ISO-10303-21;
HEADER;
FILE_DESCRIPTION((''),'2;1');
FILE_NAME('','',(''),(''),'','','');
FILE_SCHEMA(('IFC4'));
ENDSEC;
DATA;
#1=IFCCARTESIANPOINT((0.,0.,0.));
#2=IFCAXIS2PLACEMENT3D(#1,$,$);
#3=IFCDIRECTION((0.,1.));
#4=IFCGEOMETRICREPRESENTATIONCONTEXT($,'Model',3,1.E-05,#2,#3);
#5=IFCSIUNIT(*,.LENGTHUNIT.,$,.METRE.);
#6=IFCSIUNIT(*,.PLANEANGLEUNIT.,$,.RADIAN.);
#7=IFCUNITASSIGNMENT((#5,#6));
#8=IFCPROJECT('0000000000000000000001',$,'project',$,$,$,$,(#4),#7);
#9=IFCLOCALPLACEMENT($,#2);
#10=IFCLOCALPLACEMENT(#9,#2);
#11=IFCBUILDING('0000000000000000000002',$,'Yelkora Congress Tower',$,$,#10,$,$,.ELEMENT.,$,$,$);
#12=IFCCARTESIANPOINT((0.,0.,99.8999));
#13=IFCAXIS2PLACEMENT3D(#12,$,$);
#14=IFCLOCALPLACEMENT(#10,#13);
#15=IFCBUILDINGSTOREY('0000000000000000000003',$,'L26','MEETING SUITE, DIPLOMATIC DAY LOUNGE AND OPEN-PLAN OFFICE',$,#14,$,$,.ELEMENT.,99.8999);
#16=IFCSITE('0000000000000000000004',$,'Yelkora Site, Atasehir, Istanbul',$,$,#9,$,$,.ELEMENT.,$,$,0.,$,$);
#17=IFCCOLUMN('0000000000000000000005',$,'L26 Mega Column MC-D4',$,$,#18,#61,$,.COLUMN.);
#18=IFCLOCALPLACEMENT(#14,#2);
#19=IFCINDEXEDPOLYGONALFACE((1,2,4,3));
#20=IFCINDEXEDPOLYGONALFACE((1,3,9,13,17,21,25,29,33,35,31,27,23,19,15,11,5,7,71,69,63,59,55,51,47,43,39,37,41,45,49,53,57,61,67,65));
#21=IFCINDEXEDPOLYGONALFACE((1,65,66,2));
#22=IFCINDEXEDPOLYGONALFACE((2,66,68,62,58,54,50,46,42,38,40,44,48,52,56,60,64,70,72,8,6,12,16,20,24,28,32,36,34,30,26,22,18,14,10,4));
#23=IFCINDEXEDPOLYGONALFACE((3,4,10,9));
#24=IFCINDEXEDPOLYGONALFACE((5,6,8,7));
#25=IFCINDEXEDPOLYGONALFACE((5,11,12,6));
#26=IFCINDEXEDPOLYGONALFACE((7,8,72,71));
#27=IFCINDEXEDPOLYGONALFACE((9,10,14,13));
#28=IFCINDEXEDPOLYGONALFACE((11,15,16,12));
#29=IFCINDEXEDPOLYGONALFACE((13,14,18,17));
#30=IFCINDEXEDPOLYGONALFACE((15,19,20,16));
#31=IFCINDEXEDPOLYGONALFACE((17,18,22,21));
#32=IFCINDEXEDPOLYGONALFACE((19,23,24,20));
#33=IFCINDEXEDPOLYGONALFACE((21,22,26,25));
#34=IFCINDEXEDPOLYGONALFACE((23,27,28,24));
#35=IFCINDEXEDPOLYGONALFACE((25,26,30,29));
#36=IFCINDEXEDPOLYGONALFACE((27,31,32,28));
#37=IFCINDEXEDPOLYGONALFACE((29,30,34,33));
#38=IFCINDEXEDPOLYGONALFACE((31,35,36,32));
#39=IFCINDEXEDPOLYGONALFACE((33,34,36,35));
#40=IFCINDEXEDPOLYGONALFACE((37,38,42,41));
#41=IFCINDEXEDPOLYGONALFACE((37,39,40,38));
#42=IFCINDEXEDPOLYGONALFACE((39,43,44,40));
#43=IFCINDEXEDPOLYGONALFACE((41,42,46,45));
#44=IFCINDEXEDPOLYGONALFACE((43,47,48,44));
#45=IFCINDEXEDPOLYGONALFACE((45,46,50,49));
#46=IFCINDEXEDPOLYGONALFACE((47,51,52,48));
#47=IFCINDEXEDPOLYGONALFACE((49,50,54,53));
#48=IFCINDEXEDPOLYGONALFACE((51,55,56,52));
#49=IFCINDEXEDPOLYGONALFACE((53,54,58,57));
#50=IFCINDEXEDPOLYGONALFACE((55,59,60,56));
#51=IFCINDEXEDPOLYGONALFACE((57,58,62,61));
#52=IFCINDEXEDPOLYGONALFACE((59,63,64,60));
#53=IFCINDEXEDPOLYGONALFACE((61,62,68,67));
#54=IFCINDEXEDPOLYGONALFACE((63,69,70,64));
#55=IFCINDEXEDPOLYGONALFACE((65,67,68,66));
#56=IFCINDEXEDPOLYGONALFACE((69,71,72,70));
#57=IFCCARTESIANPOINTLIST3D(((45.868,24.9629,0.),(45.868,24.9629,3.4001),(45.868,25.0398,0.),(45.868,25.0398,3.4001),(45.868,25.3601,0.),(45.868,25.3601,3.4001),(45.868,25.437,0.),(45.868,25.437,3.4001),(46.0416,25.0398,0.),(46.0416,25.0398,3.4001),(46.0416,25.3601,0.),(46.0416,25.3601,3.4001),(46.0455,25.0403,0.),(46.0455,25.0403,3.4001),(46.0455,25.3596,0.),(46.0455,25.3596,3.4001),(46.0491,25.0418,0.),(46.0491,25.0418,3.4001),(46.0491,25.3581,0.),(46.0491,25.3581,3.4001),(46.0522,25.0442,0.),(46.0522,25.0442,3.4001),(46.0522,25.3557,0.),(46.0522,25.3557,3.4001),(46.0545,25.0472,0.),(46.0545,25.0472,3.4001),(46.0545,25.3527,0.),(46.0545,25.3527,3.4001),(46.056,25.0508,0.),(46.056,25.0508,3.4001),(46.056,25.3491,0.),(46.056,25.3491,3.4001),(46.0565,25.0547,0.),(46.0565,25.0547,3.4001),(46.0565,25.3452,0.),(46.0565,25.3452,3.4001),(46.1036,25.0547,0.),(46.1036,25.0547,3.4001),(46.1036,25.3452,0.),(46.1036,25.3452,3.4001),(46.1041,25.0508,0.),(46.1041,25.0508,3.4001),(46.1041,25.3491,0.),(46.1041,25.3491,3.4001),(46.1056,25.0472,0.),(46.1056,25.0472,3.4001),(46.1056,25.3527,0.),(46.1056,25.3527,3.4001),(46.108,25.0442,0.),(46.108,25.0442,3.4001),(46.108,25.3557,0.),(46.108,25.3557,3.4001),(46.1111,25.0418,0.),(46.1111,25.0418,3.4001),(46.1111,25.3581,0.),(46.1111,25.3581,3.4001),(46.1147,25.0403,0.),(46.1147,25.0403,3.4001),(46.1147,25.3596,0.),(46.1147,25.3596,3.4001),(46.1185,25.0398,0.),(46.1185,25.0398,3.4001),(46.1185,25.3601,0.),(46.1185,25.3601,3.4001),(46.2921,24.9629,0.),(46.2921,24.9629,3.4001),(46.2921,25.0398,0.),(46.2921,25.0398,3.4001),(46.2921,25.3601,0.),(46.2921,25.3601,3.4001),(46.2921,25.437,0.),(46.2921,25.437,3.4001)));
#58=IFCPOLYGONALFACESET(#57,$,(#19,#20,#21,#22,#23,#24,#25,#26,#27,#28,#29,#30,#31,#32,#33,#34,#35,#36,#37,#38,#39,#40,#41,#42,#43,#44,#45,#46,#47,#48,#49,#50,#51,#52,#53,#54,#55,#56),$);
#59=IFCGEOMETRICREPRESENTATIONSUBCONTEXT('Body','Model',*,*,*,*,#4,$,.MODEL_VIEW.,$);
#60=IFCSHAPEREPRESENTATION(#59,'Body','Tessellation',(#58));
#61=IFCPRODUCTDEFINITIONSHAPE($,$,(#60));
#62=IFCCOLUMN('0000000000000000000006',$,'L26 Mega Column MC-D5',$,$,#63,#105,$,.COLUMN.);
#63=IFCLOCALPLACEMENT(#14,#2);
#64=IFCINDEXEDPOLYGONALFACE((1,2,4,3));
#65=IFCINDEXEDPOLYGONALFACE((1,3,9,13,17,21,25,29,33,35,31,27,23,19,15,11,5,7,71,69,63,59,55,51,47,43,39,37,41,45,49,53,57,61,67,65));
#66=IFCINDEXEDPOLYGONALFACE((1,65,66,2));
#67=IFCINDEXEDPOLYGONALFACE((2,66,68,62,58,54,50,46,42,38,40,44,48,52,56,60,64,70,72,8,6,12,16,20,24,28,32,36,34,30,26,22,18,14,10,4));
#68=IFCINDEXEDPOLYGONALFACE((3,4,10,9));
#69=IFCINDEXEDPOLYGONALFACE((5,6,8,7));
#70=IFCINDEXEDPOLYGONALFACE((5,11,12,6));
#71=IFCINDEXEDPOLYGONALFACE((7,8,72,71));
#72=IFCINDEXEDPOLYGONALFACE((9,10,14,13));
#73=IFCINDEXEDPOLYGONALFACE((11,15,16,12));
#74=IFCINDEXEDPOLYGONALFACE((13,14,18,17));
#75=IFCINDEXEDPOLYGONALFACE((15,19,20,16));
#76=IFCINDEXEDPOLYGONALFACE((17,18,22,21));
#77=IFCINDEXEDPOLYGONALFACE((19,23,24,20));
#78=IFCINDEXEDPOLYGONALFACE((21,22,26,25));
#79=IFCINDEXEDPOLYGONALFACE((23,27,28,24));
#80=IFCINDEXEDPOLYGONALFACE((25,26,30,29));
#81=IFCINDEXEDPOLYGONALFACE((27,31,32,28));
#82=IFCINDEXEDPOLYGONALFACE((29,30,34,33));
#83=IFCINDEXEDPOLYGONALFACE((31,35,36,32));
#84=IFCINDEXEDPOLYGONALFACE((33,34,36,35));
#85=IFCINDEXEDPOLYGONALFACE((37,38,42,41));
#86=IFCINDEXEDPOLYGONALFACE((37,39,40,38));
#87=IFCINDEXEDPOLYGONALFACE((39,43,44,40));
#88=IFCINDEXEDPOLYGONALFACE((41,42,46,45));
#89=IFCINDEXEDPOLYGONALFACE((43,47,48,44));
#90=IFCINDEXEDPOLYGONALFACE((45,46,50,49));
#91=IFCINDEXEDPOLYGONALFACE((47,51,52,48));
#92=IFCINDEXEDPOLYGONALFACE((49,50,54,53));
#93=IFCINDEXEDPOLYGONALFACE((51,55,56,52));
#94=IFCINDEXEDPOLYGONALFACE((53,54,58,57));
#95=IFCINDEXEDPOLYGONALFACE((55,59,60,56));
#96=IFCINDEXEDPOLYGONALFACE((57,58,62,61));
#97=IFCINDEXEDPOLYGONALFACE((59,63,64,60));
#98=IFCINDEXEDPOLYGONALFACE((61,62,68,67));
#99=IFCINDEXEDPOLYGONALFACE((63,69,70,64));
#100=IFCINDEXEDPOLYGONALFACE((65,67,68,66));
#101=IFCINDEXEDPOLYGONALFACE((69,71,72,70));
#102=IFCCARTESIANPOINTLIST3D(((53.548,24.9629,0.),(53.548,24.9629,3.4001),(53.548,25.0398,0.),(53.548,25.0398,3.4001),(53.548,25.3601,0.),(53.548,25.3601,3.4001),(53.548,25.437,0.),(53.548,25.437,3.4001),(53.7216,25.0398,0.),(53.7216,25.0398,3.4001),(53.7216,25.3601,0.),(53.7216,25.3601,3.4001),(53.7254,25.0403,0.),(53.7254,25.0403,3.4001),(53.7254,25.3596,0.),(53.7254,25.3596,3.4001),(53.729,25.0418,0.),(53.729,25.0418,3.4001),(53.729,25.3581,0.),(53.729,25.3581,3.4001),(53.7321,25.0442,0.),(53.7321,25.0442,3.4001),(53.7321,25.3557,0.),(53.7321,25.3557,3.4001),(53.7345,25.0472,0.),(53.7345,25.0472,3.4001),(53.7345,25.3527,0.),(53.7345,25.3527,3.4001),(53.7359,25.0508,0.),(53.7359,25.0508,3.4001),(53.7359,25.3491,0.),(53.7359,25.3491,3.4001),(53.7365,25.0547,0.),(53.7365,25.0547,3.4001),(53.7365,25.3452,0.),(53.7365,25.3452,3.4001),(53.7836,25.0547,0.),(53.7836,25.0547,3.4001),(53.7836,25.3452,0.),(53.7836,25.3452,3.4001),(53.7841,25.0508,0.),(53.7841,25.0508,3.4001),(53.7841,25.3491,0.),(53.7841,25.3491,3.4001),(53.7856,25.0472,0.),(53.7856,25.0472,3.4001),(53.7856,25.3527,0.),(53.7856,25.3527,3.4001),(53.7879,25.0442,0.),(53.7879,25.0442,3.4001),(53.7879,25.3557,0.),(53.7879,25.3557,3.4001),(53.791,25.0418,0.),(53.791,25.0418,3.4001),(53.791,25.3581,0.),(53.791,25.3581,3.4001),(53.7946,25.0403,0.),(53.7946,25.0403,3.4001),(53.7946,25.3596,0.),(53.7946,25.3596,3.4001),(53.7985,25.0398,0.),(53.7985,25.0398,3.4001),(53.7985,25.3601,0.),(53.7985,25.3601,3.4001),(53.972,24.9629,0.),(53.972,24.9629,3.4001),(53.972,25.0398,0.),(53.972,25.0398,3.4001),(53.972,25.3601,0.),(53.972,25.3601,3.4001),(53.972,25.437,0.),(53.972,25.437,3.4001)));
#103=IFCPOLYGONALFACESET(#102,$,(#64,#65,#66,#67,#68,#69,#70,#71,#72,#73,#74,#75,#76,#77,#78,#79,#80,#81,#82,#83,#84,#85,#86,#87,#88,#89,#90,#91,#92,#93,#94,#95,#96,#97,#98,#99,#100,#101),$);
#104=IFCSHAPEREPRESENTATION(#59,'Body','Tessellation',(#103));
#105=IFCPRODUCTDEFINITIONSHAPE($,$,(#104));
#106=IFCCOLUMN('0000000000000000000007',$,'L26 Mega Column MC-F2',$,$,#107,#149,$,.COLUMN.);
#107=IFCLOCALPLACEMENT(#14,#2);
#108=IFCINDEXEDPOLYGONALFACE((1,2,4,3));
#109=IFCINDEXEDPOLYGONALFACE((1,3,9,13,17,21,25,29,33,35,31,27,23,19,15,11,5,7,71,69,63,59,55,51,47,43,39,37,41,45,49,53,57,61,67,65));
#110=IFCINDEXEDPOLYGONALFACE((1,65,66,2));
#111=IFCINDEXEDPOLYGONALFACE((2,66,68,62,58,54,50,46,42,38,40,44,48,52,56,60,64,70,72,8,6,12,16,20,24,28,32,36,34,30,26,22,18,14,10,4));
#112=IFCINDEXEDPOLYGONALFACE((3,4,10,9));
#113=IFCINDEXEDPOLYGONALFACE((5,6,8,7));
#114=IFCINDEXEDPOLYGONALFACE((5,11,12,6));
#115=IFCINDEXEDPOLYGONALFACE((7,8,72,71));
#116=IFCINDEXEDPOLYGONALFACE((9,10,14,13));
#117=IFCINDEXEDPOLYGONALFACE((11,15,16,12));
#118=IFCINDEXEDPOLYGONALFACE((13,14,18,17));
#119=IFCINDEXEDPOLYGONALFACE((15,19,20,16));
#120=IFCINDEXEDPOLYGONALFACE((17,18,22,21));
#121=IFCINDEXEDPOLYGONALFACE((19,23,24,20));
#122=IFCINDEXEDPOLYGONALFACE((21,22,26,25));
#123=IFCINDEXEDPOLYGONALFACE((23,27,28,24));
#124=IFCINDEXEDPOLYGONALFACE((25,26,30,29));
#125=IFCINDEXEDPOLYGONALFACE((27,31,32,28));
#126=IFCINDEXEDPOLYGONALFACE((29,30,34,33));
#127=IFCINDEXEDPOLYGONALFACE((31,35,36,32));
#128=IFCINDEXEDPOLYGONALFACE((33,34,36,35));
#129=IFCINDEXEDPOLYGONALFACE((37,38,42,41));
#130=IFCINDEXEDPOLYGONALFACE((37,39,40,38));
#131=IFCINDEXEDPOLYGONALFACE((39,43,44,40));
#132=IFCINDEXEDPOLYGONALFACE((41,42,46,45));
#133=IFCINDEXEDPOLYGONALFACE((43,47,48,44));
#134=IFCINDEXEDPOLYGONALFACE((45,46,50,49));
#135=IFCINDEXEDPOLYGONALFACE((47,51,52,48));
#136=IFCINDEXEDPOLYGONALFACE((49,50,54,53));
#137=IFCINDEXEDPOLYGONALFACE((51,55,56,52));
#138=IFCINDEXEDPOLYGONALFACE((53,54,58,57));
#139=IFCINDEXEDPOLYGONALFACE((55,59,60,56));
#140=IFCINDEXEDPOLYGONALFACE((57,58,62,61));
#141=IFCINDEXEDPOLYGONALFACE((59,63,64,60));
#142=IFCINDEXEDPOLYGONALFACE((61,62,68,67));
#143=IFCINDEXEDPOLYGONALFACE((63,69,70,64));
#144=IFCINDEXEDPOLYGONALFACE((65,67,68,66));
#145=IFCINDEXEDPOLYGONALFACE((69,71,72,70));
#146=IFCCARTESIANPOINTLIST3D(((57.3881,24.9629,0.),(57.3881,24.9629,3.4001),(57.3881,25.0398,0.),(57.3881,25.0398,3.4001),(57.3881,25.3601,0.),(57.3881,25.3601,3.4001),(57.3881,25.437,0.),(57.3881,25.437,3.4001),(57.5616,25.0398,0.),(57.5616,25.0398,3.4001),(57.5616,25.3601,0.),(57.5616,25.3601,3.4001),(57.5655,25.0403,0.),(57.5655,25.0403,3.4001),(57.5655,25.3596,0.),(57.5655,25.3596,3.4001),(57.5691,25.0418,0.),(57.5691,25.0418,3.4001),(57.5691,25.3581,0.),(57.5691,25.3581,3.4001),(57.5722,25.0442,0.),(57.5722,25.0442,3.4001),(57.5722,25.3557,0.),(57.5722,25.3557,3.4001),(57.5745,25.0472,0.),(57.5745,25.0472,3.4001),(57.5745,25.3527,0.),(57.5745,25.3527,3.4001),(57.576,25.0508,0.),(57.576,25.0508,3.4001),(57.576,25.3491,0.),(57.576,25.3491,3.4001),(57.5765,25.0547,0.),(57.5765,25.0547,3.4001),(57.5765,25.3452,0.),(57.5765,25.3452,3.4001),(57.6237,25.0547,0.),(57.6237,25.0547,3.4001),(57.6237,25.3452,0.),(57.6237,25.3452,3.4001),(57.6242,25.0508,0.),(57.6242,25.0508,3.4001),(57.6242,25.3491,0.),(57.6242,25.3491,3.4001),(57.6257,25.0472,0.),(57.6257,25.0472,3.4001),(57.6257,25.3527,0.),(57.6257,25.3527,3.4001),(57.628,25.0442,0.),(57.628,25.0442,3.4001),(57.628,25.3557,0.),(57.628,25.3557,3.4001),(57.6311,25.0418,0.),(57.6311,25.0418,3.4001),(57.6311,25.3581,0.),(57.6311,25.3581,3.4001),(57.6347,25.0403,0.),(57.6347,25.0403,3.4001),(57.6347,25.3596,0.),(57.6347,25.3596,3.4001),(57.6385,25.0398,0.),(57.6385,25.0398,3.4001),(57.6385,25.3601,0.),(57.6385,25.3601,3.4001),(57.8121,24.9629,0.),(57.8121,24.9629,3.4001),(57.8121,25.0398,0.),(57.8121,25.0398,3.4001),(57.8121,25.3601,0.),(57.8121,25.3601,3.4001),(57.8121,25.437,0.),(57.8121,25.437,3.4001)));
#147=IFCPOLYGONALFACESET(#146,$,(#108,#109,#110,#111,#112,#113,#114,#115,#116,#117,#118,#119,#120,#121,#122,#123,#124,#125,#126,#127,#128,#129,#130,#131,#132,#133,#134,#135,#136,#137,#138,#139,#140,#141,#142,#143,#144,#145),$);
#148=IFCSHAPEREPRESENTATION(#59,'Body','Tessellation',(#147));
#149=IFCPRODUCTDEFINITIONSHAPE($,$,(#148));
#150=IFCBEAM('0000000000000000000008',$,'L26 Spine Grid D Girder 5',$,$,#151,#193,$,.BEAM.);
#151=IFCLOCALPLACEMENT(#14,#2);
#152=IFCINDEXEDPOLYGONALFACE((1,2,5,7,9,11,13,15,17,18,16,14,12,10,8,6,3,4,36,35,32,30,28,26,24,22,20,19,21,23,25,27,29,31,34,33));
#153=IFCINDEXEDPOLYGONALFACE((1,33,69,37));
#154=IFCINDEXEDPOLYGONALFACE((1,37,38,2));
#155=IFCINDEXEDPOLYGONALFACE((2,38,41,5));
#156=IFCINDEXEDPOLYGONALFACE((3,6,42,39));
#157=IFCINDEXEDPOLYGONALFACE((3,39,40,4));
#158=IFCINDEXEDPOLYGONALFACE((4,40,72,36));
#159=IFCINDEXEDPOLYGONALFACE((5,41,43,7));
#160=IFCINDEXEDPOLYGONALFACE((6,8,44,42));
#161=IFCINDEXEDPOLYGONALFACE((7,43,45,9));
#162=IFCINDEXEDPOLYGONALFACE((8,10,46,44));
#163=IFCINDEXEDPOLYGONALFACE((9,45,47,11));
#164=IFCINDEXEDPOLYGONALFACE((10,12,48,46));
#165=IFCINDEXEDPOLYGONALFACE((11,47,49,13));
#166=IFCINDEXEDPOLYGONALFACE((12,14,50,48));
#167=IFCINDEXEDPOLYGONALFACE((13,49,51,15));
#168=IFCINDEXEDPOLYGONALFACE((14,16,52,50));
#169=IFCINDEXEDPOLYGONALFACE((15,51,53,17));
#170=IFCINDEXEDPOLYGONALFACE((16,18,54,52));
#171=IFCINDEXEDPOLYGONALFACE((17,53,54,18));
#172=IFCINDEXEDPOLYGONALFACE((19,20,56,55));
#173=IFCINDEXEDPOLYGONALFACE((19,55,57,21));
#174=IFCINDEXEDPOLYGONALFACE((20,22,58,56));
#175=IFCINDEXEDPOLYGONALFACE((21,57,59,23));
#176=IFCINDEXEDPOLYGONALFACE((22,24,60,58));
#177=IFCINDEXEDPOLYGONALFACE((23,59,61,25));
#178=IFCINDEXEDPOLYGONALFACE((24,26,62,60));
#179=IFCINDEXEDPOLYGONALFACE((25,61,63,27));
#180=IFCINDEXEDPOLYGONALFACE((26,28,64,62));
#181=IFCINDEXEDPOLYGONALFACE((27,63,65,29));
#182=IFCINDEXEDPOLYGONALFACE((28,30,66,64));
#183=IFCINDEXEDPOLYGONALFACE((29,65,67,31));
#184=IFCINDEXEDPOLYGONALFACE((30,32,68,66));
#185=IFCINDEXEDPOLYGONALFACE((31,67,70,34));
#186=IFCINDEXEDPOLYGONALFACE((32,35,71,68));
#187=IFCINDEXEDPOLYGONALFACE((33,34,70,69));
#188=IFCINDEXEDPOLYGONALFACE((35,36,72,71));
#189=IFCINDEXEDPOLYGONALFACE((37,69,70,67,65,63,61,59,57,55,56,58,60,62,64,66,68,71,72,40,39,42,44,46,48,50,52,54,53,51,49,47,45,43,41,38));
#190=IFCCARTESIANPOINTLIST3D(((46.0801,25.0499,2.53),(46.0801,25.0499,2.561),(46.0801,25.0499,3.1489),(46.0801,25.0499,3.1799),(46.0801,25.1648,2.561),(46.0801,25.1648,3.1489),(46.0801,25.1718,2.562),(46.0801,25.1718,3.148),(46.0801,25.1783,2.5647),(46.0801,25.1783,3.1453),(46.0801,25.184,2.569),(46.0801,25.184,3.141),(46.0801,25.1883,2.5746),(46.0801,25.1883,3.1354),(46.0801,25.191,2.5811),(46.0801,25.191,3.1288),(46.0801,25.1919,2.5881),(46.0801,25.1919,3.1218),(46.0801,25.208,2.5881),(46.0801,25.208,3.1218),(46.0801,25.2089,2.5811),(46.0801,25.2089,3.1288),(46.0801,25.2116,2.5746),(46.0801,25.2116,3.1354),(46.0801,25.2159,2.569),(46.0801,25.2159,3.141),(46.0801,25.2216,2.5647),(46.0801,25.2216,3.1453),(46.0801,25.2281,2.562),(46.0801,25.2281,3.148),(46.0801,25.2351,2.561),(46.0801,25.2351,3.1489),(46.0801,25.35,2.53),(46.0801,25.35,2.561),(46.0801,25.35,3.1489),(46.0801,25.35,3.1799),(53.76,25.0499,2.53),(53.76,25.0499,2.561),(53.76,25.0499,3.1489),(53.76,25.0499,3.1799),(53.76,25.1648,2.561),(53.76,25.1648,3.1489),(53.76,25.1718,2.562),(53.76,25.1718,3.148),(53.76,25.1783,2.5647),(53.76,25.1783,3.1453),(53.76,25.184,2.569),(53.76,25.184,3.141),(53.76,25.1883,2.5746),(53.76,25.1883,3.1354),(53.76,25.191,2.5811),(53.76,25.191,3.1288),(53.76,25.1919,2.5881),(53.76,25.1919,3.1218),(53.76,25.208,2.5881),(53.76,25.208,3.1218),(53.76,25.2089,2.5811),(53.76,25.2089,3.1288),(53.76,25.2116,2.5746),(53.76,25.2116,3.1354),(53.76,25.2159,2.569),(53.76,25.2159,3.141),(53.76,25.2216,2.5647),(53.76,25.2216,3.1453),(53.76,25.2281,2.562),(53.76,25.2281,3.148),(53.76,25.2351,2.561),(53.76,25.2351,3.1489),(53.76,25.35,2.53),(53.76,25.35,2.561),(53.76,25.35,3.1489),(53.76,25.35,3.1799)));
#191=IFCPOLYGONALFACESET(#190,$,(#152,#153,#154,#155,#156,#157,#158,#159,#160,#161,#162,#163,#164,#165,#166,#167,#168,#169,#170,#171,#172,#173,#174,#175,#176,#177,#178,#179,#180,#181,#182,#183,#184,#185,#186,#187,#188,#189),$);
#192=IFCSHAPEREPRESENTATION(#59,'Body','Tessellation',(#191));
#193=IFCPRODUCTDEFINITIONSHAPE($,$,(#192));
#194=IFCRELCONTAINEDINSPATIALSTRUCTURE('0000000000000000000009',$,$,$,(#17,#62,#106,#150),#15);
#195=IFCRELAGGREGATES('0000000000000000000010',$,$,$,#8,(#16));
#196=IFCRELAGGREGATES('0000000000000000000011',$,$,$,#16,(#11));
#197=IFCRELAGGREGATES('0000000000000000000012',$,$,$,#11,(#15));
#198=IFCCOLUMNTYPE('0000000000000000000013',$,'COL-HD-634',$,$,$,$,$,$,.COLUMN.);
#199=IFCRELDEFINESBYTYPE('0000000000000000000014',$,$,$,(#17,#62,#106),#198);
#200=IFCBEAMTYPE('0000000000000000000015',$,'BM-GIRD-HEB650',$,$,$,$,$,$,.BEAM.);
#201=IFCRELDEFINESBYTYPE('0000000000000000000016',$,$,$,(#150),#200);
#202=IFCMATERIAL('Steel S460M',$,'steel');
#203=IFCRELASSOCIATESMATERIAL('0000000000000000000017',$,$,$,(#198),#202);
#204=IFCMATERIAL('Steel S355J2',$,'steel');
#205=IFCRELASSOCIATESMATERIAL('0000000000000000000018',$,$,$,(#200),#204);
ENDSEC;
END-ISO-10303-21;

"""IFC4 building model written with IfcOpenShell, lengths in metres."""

from ifc_helpers import new_model, si_unit, direction, frame, origin, origin_2d, place, context, subcontext, project, spatial, i_section, extrude, material, material_profile, profile_set, type_object, element, save


model = new_model("IFC4")

# Units and contexts
model_context = context("Model", 3, precision=1e-05, world=origin(), true_north=direction((0.0, 1.0)))
body_context = subcontext(model_context, "Body", "Model", "MODEL_VIEW")
ifc_project = project(units=[si_unit("LENGTHUNIT", "METRE"), si_unit("PLANEANGLEUNIT", "RADIAN")], contexts=[model_context])

# Site, building, storey
site_placement = place(None, origin())
site = spatial("IfcSite", under=ifc_project, at=site_placement, Name="Yelkora Site, Atasehir, Istanbul", CompositionType="ELEMENT", RefElevation=0.0)
building_placement = place(site_placement, origin())
building = spatial("IfcBuilding", under=site, at=building_placement, Name="Yelkora Congress Tower", CompositionType="ELEMENT")
storey_placement = place(building_placement, frame((0.0, 0.0, 99.8999)))
storey = spatial("IfcBuildingStorey", under=building, at=storey_placement, Name="L26", Description="MEETING SUITE, DIPLOMATIC DAY LOUNGE AND OPEN-PLAN OFFICE", CompositionType="ELEMENT", Elevation=99.8999)

# Columns
ifc_material_1 = material(Name="Steel S460M", Category="steel")
ifc_material_profile_1 = material_profile(ifc_material_1, i_section(OverallWidth=0.4241, OverallDepth=0.4741, WebThickness=0.0471, FlangeThickness=0.0769, FilletRadius=0.0149, at=origin_2d()), Name="HD 400x634")
ifc_profile_set_1 = profile_set([ifc_material_profile_1], Name="Steel S460M")
column_type = type_object("IfcColumnType", Name="COL-HD-634", PredefinedType="COLUMN", material=ifc_profile_set_1)
for number, where, z_axis, x_axis, name in (
    (1, (46.0801, 25.2, 0.0), (0.0, 0.0, 1.0), (1.0, 0.0, 0.0), "L26 Mega Column MC-D4"),
    (2, (53.76, 25.2, 0.0), (0.0, 0.0, 1.0), (1.0, 0.0, 0.0), "L26 Mega Column MC-D5"),
    (3, (57.6001, 25.2, 0.0), (0.0, 0.0, 1.0), (1.0, 0.0, 0.0), "L26 Mega Column MC-F2"),
):
    element("IfcColumn", number, at=place(storey_placement, frame(where, z_axis=z_axis, x_axis=x_axis)), inside=storey, type_object=column_type, Name=name, PredefinedType="COLUMN", context=body_context, shape_type="SweptSolid", body=[
        extrude(i_section(OverallWidth=0.4241, OverallDepth=0.4741, WebThickness=0.0471, FlangeThickness=0.0769, FilletRadius=0.0149, at=origin_2d()), origin(), (0.0, 0.0, 1.0), 3.4001),
    ])

# Beam
ifc_material_2 = material(Name="Steel S355J2", Category="steel")
ifc_material_profile_2 = material_profile(ifc_material_2, i_section(OverallWidth=0.3, OverallDepth=0.6499, WebThickness=0.0161, FlangeThickness=0.031, FilletRadius=0.0271, at=origin_2d()), Name="HEB 650")
ifc_profile_set_2 = profile_set([ifc_material_profile_2], Name="Steel S355J2")
beam_type_1 = type_object("IfcBeamType", Name="BM-GIRD-HEB650", PredefinedType="BEAM", material=ifc_profile_set_2)
beam_1_placement = place(storey_placement, frame((46.0801, 25.2, 2.855), z_axis=(1.0, 0.0, 0.0), x_axis=(0.0, 1.0, 0.0)))
element("IfcBeam", 4, at=beam_1_placement, inside=storey, type_object=beam_type_1, Name="L26 Spine Grid D Girder 5", PredefinedType="BEAM", context=body_context, shape_type="SweptSolid", body=[
    extrude(i_section(OverallWidth=0.3, OverallDepth=0.6499, WebThickness=0.0161, FlangeThickness=0.031, FilletRadius=0.0271, at=origin_2d()), origin(), (0.0, 0.0, 1.0), 7.6799),
])

save(model, "model.ifc")
